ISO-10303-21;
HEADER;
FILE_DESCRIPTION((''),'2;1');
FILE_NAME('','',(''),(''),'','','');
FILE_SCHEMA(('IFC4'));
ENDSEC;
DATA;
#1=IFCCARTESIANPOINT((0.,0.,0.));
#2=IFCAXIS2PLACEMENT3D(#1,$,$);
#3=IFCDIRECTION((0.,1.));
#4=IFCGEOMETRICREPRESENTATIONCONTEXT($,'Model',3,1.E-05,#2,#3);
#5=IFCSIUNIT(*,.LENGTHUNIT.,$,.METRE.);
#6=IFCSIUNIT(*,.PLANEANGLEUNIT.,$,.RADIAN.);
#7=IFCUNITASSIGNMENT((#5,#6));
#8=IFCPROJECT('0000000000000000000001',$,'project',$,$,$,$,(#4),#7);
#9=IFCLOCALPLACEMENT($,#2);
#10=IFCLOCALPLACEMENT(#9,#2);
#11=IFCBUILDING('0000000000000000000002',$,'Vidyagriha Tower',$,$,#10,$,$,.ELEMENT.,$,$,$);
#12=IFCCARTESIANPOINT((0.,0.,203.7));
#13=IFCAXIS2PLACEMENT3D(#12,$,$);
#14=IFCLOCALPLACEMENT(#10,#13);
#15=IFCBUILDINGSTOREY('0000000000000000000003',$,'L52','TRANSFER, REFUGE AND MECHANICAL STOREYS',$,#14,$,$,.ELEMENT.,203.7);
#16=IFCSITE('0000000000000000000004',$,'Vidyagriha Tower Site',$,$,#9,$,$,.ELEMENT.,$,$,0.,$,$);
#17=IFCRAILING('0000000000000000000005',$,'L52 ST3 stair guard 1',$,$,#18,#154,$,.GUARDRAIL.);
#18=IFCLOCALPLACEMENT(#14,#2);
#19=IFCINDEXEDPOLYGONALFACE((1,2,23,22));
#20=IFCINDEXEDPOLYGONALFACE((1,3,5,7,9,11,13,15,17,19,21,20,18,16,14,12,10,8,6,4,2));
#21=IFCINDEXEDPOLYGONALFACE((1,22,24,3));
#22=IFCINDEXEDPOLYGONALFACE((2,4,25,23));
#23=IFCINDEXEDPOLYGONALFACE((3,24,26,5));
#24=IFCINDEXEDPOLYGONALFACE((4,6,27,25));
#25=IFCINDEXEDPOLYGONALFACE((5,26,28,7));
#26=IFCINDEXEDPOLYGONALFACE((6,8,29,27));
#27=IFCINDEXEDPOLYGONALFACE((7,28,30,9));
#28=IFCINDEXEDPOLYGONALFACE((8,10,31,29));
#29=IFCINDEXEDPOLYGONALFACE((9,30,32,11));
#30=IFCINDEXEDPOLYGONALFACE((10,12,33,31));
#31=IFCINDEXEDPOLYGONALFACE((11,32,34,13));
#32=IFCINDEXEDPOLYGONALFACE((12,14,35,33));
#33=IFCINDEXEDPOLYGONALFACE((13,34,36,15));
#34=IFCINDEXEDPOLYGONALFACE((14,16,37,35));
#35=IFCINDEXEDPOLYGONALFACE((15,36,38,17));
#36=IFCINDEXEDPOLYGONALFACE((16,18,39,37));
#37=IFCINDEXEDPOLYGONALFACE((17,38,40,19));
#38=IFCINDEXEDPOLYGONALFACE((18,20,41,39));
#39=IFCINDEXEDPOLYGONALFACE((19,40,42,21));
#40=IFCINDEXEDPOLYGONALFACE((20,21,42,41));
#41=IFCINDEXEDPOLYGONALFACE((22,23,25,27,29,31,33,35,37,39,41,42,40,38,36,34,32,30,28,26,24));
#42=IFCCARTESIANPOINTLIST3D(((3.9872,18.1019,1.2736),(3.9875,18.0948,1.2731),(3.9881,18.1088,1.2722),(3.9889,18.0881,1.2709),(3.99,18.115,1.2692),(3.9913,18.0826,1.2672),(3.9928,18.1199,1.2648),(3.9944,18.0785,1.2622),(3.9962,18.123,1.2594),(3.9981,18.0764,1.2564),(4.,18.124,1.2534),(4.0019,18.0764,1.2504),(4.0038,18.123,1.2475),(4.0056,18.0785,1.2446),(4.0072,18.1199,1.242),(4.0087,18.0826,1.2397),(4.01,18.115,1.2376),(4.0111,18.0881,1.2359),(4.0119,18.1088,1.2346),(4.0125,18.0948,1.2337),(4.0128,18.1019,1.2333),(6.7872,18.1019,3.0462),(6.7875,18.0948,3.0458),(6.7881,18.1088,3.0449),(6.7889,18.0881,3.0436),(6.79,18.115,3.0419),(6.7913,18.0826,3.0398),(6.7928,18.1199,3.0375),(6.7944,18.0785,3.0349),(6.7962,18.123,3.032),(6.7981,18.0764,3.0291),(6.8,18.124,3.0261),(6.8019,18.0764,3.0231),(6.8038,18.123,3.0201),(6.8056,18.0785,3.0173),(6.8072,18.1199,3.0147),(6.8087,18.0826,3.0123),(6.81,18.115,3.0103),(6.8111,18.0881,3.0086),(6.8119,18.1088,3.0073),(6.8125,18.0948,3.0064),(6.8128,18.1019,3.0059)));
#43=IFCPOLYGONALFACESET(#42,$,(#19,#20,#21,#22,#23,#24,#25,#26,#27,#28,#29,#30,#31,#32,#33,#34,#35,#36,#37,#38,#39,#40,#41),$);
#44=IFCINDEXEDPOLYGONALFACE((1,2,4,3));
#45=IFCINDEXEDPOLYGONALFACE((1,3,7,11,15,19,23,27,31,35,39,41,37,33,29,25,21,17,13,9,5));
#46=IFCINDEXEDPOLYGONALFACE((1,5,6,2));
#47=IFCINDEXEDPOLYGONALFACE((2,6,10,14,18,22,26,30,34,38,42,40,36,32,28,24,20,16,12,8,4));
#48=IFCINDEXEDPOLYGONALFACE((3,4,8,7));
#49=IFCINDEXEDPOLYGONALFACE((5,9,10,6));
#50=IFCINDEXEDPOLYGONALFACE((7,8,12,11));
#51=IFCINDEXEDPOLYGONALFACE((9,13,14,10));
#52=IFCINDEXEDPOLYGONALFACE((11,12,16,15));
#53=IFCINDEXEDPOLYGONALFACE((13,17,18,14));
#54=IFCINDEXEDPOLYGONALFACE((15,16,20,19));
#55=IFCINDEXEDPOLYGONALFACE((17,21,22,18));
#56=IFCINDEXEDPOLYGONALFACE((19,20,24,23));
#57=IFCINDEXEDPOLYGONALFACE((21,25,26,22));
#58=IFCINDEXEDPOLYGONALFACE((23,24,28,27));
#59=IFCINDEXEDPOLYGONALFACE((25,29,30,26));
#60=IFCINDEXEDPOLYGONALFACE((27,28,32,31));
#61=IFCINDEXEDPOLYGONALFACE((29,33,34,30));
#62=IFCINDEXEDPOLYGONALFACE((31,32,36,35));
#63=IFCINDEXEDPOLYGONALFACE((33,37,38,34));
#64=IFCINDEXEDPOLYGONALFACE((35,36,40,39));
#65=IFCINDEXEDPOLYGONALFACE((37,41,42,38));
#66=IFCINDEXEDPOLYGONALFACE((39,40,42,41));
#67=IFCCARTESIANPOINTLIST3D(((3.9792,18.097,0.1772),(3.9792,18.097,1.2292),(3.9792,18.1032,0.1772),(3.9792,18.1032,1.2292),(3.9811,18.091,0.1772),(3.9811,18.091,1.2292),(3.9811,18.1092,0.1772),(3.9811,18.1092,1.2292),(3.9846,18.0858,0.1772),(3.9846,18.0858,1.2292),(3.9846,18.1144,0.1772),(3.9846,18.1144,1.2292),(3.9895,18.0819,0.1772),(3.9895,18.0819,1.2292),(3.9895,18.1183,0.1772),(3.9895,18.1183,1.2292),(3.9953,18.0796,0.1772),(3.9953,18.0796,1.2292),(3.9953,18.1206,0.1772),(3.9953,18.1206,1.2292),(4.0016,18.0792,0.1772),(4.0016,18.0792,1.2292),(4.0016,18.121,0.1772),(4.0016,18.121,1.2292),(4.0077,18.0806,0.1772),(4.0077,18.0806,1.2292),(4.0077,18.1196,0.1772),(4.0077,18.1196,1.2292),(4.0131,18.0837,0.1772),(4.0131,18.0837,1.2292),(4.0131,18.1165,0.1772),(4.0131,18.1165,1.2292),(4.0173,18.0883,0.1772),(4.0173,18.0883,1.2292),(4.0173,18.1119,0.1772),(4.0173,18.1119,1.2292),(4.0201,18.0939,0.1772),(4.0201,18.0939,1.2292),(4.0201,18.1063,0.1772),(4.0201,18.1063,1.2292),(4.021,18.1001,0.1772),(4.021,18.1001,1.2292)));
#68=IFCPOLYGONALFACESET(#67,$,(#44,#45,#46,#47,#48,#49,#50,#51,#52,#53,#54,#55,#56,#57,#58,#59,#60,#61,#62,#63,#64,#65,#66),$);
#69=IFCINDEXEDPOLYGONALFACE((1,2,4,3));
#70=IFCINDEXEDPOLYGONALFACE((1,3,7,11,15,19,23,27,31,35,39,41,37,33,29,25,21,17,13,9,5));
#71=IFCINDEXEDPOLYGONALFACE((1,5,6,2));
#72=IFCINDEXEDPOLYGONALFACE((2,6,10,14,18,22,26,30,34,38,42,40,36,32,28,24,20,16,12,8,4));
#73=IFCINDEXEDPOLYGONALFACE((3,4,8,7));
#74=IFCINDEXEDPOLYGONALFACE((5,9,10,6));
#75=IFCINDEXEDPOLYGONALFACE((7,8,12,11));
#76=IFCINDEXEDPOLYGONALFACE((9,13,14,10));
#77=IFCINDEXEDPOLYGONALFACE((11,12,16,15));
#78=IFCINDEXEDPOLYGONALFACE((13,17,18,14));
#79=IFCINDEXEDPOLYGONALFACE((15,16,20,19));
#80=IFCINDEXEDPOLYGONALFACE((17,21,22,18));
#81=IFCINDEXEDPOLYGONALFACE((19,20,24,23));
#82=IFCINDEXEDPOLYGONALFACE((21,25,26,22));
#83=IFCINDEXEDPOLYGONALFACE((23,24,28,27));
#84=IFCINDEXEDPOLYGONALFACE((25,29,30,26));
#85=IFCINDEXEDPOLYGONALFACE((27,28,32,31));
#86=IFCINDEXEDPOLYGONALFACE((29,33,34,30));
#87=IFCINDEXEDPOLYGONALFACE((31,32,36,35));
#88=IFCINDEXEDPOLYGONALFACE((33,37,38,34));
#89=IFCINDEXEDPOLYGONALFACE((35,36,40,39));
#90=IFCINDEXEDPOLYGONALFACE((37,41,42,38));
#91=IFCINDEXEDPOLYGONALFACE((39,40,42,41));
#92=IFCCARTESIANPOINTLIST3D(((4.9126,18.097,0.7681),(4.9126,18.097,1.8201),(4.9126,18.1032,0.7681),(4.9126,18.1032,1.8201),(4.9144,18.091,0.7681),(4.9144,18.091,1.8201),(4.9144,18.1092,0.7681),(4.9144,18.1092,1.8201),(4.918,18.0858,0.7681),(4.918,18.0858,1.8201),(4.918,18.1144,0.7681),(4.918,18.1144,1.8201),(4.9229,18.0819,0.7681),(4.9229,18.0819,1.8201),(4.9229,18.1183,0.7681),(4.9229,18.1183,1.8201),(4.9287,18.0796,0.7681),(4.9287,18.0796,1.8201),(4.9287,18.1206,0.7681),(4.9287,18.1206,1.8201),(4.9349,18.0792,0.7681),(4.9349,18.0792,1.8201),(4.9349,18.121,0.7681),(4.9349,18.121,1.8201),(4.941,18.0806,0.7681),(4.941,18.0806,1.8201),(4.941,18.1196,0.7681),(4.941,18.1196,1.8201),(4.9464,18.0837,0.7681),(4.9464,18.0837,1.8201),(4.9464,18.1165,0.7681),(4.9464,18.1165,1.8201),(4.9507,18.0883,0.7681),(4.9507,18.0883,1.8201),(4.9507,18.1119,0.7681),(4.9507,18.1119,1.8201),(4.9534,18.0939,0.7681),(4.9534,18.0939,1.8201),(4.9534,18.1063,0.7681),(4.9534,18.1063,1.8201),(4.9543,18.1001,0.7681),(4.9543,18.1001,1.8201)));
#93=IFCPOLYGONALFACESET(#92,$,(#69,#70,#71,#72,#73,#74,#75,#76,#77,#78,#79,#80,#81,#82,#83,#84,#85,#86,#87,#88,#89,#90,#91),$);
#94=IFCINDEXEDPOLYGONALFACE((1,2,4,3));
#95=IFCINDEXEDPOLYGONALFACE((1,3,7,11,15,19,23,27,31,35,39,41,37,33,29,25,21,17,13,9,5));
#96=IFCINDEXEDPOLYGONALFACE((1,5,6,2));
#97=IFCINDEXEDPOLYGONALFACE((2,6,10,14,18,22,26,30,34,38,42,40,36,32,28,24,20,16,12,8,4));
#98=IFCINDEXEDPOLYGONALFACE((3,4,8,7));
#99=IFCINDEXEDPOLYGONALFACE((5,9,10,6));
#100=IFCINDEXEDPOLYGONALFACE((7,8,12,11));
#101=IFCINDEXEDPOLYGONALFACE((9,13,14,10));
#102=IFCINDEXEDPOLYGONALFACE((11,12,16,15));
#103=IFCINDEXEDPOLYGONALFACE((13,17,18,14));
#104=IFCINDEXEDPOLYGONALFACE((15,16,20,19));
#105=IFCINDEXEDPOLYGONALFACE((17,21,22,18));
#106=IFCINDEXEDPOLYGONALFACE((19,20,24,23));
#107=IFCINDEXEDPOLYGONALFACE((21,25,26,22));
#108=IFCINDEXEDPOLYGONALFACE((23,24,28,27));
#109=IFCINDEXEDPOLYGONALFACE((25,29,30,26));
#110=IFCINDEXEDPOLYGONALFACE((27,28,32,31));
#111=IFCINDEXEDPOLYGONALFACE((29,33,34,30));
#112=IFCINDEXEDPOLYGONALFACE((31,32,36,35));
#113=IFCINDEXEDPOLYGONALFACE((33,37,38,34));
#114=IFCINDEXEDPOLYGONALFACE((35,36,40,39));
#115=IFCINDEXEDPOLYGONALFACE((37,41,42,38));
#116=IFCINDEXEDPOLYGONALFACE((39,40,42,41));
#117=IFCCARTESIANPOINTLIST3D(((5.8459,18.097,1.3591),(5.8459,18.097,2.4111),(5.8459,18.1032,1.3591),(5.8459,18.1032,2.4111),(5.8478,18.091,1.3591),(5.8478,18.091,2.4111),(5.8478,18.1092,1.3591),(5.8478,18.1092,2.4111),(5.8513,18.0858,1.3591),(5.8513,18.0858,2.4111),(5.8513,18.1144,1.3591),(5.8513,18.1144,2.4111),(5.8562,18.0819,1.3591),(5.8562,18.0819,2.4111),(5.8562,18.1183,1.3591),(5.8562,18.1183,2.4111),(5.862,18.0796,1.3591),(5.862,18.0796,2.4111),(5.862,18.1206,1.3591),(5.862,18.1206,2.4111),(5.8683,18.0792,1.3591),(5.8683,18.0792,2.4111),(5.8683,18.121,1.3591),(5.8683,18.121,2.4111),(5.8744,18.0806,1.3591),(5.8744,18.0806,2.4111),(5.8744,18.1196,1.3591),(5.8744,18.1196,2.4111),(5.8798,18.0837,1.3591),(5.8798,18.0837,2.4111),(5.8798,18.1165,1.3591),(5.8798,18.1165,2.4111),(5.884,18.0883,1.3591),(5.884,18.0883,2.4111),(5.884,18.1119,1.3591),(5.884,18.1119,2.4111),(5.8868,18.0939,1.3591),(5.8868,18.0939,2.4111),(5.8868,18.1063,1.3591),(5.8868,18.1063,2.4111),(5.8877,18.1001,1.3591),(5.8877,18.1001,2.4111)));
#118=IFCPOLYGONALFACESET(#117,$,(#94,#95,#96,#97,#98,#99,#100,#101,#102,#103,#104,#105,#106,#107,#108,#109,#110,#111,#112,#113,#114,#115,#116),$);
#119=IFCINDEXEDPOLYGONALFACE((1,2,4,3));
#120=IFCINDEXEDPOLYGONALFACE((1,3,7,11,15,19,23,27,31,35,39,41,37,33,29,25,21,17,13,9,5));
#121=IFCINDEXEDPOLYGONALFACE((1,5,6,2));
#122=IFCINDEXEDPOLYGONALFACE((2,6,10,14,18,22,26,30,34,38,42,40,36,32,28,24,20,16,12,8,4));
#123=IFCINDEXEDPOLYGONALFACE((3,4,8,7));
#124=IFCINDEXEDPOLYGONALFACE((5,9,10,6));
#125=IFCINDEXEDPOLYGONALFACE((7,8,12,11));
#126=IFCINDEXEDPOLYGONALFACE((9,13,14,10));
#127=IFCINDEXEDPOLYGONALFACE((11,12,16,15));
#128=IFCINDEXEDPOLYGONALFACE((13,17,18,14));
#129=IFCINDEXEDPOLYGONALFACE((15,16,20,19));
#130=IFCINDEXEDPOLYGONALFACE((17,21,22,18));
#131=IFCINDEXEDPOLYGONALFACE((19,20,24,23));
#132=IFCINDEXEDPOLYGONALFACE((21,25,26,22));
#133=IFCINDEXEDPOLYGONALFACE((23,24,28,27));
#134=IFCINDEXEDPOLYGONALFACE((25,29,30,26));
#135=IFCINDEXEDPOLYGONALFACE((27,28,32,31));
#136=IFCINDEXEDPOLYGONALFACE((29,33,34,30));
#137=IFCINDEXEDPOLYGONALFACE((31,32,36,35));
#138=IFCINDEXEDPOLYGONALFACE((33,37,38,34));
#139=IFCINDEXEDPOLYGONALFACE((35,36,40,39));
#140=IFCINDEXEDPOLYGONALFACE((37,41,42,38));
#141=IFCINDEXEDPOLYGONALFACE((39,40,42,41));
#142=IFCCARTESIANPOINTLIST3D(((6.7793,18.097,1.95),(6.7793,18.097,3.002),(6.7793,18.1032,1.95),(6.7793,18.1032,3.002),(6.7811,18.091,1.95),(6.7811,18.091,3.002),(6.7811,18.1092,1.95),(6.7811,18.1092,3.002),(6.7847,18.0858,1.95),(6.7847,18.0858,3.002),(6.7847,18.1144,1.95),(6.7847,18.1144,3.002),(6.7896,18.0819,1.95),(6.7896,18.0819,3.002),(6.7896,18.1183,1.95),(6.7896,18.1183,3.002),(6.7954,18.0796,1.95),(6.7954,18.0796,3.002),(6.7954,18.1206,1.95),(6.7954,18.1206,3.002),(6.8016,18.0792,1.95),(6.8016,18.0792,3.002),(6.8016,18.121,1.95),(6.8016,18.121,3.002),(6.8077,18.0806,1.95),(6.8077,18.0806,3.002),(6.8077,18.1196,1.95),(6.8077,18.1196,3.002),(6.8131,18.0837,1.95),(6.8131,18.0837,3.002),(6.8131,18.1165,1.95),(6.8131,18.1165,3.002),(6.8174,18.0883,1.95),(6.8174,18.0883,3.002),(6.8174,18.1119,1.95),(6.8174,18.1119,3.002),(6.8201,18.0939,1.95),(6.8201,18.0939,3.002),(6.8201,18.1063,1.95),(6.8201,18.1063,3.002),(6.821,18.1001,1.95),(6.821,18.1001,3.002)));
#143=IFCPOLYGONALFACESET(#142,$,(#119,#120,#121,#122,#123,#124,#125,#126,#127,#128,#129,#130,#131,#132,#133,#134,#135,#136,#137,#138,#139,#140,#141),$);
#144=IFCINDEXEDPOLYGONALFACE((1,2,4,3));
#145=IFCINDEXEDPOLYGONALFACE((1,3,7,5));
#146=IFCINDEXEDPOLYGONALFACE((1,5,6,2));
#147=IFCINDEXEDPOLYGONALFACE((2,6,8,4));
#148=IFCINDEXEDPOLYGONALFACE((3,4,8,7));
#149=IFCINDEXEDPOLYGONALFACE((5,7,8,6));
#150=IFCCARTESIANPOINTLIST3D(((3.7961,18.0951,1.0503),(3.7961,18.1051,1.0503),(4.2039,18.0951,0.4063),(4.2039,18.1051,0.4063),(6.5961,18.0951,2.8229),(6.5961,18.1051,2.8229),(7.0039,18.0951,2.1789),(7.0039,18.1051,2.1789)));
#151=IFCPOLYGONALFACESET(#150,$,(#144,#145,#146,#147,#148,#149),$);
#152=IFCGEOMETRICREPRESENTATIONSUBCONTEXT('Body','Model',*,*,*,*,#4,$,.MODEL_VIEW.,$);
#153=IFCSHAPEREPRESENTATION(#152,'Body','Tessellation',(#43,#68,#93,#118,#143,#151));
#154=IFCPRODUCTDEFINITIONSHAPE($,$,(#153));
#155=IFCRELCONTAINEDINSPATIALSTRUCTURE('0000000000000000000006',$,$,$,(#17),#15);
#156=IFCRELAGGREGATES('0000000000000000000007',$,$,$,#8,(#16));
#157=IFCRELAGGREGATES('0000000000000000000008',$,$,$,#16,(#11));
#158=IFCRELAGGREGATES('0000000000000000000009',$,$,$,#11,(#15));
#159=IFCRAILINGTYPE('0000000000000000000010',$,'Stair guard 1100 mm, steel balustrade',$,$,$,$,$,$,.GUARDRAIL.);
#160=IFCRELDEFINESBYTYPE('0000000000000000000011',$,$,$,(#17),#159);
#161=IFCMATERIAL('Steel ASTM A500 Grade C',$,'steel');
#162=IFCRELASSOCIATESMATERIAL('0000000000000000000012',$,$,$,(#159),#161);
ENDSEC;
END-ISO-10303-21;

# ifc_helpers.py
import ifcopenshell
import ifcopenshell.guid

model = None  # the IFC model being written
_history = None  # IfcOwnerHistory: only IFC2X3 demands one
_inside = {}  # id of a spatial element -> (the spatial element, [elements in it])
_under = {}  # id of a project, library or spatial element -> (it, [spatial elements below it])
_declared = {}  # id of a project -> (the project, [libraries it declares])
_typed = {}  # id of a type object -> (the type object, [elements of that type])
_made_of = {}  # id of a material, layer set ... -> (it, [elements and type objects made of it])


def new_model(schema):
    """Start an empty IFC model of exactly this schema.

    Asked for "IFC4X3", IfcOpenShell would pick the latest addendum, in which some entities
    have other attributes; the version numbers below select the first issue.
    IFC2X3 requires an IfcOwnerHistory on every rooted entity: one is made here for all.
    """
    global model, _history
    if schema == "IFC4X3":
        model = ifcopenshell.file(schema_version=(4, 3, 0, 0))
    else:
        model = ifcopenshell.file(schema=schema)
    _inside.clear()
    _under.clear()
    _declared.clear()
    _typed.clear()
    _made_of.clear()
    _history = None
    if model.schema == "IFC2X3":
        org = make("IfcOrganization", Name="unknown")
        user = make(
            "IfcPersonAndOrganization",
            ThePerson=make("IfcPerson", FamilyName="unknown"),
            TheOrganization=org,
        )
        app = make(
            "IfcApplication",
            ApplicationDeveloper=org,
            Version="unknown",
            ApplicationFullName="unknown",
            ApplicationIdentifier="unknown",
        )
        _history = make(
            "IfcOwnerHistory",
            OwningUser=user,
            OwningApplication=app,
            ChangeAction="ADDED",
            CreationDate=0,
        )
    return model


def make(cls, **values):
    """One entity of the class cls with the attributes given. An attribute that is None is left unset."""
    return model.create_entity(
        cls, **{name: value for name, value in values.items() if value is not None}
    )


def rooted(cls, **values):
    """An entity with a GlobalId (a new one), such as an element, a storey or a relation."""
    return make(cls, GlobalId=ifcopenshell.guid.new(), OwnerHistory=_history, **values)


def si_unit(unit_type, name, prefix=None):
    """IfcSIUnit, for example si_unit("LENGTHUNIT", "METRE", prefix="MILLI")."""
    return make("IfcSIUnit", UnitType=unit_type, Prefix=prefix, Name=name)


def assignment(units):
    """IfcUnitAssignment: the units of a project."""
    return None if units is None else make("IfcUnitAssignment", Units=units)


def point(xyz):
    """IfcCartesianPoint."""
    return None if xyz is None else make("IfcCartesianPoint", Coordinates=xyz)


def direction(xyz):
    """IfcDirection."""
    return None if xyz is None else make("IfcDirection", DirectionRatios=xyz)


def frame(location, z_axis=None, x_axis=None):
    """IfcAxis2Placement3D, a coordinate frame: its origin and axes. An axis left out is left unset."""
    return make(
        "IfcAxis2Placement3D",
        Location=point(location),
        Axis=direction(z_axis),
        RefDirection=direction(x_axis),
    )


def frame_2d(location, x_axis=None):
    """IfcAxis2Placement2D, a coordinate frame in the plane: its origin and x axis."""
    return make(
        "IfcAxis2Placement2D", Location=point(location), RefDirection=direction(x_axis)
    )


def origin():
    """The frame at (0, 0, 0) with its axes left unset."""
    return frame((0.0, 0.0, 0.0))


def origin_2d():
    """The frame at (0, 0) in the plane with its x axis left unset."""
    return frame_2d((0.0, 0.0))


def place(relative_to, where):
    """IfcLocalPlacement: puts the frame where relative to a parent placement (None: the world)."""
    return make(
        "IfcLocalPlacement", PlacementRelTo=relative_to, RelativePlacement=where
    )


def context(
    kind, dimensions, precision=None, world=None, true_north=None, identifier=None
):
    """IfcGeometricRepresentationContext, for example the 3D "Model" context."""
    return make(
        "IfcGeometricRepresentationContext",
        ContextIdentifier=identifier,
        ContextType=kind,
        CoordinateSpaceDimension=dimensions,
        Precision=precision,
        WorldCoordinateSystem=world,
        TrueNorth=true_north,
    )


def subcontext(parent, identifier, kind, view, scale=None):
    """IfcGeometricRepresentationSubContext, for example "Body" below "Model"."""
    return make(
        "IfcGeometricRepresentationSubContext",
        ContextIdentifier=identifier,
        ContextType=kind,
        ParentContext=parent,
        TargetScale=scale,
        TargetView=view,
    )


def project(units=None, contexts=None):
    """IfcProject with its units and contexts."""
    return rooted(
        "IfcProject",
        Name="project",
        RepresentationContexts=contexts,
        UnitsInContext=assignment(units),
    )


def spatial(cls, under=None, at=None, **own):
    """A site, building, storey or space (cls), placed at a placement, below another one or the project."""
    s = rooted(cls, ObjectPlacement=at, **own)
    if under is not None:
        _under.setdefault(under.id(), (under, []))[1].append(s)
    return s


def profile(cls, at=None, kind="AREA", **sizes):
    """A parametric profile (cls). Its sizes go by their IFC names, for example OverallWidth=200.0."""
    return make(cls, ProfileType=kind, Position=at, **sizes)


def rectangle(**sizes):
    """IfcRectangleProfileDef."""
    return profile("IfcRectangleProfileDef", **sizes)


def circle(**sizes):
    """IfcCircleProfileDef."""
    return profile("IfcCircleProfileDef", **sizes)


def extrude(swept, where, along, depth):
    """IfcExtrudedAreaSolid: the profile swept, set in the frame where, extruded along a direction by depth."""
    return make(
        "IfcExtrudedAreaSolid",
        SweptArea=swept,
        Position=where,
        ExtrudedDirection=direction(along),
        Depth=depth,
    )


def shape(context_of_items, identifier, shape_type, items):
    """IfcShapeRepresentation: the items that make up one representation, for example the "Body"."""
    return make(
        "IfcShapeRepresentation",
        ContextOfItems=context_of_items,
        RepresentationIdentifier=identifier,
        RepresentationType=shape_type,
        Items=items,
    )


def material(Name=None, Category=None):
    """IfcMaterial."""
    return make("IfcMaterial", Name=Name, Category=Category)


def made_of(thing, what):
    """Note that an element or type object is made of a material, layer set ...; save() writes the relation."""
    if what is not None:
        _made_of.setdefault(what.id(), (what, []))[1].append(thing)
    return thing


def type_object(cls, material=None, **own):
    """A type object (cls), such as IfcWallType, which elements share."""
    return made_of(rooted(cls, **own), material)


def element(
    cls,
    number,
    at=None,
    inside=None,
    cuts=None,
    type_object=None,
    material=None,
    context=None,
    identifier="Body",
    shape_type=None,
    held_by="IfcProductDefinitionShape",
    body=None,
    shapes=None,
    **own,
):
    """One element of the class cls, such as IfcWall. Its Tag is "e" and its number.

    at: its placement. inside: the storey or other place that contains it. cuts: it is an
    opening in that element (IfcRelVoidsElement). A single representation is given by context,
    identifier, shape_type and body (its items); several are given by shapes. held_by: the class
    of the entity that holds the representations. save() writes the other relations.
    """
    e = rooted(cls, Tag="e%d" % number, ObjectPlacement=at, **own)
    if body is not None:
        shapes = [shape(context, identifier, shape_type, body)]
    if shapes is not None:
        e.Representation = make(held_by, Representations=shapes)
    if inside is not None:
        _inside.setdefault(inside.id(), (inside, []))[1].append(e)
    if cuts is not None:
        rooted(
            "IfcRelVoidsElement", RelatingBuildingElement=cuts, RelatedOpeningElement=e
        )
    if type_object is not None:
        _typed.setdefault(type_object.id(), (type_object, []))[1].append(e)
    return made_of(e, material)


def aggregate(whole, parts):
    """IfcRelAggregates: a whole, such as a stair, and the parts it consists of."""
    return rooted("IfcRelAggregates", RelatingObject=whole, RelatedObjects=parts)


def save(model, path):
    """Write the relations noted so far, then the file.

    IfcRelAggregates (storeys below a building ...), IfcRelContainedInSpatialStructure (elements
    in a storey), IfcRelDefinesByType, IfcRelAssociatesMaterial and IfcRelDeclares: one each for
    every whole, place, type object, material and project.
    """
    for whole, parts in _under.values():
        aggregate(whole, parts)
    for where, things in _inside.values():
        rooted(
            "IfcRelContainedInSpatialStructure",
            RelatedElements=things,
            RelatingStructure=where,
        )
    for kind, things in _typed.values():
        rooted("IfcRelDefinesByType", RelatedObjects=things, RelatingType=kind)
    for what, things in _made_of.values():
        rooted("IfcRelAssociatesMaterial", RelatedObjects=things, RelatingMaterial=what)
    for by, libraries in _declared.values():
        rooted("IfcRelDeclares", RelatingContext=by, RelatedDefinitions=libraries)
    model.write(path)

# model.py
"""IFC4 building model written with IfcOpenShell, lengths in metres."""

from ifc_helpers import new_model, si_unit, direction, frame, origin, origin_2d, place, context, subcontext, project, spatial, rectangle, circle, extrude, material, type_object, element, save


model = new_model("IFC4")

# Units and contexts
model_context = context("Model", 3, precision=1e-05, world=origin(), true_north=direction((0.0, 1.0)))
body_context = subcontext(model_context, "Body", "Model", "MODEL_VIEW")
ifc_project = project(units=[si_unit("LENGTHUNIT", "METRE"), si_unit("PLANEANGLEUNIT", "RADIAN")], contexts=[model_context])

# Site, building, storey
site_placement = place(None, origin())
site = spatial("IfcSite", under=ifc_project, at=site_placement, Name="Vidyagriha Tower Site", CompositionType="ELEMENT", RefElevation=0.0)
building_placement = place(site_placement, origin())
building = spatial("IfcBuilding", under=site, at=building_placement, Name="Vidyagriha Tower", CompositionType="ELEMENT")
storey_placement = place(building_placement, frame((0.0, 0.0, 203.7)))
storey = spatial("IfcBuildingStorey", under=building, at=storey_placement, Name="L52", Description="TRANSFER, REFUGE AND MECHANICAL STOREYS", CompositionType="ELEMENT", Elevation=203.7)

# Railing
ifc_material_1 = material(Name="Steel ASTM A500 Grade C", Category="steel")
railing_type_1 = type_object("IfcRailingType", Name="Stair guard 1100 mm, steel balustrade", PredefinedType="GUARDRAIL", material=ifc_material_1)
railing_1_placement = place(storey_placement, frame((4.0, 18.1001, 0.1772)))
element("IfcRailing", 1, at=railing_1_placement, inside=storey, type_object=railing_type_1, Name="L52 ST3 stair guard 1", PredefinedType="GUARDRAIL", context=body_context, shape_type="SweptSolid", body=[
    extrude(circle(Radius=0.0239, at=origin_2d()), frame((0.0, 0.0, 1.0762), z_axis=(0.844909, 0.0, 0.53491), x_axis=(0.0, 1.0, 0.0)), (0.0, 0.0, 1.0), 3.314),
    extrude(circle(Radius=0.021, at=origin_2d()), origin(), (0.0, 0.0, 1.0), 1.052),
    extrude(circle(Radius=0.021, at=origin_2d()), frame((0.9333, 0.0, 0.5908)), (0.0, 0.0, 1.0), 1.052),
    extrude(circle(Radius=0.021, at=origin_2d()), frame((1.8667, 0.0, 1.1819)), (0.0, 0.0, 1.0), 1.052),
    extrude(circle(Radius=0.021, at=origin_2d()), frame((2.8, 0.0, 1.7727)), (0.0, 0.0, 1.0), 1.052),
    extrude(rectangle(XDim=0.01, YDim=0.7622, at=origin_2d()), frame((0.0, 0.0, 0.551), z_axis=(0.844909, 0.0, 0.53491), x_axis=(0.0, 1.0, 0.0)), (0.0, 0.0, 1.0), 3.314),
])

save(model, "model.ifc")
